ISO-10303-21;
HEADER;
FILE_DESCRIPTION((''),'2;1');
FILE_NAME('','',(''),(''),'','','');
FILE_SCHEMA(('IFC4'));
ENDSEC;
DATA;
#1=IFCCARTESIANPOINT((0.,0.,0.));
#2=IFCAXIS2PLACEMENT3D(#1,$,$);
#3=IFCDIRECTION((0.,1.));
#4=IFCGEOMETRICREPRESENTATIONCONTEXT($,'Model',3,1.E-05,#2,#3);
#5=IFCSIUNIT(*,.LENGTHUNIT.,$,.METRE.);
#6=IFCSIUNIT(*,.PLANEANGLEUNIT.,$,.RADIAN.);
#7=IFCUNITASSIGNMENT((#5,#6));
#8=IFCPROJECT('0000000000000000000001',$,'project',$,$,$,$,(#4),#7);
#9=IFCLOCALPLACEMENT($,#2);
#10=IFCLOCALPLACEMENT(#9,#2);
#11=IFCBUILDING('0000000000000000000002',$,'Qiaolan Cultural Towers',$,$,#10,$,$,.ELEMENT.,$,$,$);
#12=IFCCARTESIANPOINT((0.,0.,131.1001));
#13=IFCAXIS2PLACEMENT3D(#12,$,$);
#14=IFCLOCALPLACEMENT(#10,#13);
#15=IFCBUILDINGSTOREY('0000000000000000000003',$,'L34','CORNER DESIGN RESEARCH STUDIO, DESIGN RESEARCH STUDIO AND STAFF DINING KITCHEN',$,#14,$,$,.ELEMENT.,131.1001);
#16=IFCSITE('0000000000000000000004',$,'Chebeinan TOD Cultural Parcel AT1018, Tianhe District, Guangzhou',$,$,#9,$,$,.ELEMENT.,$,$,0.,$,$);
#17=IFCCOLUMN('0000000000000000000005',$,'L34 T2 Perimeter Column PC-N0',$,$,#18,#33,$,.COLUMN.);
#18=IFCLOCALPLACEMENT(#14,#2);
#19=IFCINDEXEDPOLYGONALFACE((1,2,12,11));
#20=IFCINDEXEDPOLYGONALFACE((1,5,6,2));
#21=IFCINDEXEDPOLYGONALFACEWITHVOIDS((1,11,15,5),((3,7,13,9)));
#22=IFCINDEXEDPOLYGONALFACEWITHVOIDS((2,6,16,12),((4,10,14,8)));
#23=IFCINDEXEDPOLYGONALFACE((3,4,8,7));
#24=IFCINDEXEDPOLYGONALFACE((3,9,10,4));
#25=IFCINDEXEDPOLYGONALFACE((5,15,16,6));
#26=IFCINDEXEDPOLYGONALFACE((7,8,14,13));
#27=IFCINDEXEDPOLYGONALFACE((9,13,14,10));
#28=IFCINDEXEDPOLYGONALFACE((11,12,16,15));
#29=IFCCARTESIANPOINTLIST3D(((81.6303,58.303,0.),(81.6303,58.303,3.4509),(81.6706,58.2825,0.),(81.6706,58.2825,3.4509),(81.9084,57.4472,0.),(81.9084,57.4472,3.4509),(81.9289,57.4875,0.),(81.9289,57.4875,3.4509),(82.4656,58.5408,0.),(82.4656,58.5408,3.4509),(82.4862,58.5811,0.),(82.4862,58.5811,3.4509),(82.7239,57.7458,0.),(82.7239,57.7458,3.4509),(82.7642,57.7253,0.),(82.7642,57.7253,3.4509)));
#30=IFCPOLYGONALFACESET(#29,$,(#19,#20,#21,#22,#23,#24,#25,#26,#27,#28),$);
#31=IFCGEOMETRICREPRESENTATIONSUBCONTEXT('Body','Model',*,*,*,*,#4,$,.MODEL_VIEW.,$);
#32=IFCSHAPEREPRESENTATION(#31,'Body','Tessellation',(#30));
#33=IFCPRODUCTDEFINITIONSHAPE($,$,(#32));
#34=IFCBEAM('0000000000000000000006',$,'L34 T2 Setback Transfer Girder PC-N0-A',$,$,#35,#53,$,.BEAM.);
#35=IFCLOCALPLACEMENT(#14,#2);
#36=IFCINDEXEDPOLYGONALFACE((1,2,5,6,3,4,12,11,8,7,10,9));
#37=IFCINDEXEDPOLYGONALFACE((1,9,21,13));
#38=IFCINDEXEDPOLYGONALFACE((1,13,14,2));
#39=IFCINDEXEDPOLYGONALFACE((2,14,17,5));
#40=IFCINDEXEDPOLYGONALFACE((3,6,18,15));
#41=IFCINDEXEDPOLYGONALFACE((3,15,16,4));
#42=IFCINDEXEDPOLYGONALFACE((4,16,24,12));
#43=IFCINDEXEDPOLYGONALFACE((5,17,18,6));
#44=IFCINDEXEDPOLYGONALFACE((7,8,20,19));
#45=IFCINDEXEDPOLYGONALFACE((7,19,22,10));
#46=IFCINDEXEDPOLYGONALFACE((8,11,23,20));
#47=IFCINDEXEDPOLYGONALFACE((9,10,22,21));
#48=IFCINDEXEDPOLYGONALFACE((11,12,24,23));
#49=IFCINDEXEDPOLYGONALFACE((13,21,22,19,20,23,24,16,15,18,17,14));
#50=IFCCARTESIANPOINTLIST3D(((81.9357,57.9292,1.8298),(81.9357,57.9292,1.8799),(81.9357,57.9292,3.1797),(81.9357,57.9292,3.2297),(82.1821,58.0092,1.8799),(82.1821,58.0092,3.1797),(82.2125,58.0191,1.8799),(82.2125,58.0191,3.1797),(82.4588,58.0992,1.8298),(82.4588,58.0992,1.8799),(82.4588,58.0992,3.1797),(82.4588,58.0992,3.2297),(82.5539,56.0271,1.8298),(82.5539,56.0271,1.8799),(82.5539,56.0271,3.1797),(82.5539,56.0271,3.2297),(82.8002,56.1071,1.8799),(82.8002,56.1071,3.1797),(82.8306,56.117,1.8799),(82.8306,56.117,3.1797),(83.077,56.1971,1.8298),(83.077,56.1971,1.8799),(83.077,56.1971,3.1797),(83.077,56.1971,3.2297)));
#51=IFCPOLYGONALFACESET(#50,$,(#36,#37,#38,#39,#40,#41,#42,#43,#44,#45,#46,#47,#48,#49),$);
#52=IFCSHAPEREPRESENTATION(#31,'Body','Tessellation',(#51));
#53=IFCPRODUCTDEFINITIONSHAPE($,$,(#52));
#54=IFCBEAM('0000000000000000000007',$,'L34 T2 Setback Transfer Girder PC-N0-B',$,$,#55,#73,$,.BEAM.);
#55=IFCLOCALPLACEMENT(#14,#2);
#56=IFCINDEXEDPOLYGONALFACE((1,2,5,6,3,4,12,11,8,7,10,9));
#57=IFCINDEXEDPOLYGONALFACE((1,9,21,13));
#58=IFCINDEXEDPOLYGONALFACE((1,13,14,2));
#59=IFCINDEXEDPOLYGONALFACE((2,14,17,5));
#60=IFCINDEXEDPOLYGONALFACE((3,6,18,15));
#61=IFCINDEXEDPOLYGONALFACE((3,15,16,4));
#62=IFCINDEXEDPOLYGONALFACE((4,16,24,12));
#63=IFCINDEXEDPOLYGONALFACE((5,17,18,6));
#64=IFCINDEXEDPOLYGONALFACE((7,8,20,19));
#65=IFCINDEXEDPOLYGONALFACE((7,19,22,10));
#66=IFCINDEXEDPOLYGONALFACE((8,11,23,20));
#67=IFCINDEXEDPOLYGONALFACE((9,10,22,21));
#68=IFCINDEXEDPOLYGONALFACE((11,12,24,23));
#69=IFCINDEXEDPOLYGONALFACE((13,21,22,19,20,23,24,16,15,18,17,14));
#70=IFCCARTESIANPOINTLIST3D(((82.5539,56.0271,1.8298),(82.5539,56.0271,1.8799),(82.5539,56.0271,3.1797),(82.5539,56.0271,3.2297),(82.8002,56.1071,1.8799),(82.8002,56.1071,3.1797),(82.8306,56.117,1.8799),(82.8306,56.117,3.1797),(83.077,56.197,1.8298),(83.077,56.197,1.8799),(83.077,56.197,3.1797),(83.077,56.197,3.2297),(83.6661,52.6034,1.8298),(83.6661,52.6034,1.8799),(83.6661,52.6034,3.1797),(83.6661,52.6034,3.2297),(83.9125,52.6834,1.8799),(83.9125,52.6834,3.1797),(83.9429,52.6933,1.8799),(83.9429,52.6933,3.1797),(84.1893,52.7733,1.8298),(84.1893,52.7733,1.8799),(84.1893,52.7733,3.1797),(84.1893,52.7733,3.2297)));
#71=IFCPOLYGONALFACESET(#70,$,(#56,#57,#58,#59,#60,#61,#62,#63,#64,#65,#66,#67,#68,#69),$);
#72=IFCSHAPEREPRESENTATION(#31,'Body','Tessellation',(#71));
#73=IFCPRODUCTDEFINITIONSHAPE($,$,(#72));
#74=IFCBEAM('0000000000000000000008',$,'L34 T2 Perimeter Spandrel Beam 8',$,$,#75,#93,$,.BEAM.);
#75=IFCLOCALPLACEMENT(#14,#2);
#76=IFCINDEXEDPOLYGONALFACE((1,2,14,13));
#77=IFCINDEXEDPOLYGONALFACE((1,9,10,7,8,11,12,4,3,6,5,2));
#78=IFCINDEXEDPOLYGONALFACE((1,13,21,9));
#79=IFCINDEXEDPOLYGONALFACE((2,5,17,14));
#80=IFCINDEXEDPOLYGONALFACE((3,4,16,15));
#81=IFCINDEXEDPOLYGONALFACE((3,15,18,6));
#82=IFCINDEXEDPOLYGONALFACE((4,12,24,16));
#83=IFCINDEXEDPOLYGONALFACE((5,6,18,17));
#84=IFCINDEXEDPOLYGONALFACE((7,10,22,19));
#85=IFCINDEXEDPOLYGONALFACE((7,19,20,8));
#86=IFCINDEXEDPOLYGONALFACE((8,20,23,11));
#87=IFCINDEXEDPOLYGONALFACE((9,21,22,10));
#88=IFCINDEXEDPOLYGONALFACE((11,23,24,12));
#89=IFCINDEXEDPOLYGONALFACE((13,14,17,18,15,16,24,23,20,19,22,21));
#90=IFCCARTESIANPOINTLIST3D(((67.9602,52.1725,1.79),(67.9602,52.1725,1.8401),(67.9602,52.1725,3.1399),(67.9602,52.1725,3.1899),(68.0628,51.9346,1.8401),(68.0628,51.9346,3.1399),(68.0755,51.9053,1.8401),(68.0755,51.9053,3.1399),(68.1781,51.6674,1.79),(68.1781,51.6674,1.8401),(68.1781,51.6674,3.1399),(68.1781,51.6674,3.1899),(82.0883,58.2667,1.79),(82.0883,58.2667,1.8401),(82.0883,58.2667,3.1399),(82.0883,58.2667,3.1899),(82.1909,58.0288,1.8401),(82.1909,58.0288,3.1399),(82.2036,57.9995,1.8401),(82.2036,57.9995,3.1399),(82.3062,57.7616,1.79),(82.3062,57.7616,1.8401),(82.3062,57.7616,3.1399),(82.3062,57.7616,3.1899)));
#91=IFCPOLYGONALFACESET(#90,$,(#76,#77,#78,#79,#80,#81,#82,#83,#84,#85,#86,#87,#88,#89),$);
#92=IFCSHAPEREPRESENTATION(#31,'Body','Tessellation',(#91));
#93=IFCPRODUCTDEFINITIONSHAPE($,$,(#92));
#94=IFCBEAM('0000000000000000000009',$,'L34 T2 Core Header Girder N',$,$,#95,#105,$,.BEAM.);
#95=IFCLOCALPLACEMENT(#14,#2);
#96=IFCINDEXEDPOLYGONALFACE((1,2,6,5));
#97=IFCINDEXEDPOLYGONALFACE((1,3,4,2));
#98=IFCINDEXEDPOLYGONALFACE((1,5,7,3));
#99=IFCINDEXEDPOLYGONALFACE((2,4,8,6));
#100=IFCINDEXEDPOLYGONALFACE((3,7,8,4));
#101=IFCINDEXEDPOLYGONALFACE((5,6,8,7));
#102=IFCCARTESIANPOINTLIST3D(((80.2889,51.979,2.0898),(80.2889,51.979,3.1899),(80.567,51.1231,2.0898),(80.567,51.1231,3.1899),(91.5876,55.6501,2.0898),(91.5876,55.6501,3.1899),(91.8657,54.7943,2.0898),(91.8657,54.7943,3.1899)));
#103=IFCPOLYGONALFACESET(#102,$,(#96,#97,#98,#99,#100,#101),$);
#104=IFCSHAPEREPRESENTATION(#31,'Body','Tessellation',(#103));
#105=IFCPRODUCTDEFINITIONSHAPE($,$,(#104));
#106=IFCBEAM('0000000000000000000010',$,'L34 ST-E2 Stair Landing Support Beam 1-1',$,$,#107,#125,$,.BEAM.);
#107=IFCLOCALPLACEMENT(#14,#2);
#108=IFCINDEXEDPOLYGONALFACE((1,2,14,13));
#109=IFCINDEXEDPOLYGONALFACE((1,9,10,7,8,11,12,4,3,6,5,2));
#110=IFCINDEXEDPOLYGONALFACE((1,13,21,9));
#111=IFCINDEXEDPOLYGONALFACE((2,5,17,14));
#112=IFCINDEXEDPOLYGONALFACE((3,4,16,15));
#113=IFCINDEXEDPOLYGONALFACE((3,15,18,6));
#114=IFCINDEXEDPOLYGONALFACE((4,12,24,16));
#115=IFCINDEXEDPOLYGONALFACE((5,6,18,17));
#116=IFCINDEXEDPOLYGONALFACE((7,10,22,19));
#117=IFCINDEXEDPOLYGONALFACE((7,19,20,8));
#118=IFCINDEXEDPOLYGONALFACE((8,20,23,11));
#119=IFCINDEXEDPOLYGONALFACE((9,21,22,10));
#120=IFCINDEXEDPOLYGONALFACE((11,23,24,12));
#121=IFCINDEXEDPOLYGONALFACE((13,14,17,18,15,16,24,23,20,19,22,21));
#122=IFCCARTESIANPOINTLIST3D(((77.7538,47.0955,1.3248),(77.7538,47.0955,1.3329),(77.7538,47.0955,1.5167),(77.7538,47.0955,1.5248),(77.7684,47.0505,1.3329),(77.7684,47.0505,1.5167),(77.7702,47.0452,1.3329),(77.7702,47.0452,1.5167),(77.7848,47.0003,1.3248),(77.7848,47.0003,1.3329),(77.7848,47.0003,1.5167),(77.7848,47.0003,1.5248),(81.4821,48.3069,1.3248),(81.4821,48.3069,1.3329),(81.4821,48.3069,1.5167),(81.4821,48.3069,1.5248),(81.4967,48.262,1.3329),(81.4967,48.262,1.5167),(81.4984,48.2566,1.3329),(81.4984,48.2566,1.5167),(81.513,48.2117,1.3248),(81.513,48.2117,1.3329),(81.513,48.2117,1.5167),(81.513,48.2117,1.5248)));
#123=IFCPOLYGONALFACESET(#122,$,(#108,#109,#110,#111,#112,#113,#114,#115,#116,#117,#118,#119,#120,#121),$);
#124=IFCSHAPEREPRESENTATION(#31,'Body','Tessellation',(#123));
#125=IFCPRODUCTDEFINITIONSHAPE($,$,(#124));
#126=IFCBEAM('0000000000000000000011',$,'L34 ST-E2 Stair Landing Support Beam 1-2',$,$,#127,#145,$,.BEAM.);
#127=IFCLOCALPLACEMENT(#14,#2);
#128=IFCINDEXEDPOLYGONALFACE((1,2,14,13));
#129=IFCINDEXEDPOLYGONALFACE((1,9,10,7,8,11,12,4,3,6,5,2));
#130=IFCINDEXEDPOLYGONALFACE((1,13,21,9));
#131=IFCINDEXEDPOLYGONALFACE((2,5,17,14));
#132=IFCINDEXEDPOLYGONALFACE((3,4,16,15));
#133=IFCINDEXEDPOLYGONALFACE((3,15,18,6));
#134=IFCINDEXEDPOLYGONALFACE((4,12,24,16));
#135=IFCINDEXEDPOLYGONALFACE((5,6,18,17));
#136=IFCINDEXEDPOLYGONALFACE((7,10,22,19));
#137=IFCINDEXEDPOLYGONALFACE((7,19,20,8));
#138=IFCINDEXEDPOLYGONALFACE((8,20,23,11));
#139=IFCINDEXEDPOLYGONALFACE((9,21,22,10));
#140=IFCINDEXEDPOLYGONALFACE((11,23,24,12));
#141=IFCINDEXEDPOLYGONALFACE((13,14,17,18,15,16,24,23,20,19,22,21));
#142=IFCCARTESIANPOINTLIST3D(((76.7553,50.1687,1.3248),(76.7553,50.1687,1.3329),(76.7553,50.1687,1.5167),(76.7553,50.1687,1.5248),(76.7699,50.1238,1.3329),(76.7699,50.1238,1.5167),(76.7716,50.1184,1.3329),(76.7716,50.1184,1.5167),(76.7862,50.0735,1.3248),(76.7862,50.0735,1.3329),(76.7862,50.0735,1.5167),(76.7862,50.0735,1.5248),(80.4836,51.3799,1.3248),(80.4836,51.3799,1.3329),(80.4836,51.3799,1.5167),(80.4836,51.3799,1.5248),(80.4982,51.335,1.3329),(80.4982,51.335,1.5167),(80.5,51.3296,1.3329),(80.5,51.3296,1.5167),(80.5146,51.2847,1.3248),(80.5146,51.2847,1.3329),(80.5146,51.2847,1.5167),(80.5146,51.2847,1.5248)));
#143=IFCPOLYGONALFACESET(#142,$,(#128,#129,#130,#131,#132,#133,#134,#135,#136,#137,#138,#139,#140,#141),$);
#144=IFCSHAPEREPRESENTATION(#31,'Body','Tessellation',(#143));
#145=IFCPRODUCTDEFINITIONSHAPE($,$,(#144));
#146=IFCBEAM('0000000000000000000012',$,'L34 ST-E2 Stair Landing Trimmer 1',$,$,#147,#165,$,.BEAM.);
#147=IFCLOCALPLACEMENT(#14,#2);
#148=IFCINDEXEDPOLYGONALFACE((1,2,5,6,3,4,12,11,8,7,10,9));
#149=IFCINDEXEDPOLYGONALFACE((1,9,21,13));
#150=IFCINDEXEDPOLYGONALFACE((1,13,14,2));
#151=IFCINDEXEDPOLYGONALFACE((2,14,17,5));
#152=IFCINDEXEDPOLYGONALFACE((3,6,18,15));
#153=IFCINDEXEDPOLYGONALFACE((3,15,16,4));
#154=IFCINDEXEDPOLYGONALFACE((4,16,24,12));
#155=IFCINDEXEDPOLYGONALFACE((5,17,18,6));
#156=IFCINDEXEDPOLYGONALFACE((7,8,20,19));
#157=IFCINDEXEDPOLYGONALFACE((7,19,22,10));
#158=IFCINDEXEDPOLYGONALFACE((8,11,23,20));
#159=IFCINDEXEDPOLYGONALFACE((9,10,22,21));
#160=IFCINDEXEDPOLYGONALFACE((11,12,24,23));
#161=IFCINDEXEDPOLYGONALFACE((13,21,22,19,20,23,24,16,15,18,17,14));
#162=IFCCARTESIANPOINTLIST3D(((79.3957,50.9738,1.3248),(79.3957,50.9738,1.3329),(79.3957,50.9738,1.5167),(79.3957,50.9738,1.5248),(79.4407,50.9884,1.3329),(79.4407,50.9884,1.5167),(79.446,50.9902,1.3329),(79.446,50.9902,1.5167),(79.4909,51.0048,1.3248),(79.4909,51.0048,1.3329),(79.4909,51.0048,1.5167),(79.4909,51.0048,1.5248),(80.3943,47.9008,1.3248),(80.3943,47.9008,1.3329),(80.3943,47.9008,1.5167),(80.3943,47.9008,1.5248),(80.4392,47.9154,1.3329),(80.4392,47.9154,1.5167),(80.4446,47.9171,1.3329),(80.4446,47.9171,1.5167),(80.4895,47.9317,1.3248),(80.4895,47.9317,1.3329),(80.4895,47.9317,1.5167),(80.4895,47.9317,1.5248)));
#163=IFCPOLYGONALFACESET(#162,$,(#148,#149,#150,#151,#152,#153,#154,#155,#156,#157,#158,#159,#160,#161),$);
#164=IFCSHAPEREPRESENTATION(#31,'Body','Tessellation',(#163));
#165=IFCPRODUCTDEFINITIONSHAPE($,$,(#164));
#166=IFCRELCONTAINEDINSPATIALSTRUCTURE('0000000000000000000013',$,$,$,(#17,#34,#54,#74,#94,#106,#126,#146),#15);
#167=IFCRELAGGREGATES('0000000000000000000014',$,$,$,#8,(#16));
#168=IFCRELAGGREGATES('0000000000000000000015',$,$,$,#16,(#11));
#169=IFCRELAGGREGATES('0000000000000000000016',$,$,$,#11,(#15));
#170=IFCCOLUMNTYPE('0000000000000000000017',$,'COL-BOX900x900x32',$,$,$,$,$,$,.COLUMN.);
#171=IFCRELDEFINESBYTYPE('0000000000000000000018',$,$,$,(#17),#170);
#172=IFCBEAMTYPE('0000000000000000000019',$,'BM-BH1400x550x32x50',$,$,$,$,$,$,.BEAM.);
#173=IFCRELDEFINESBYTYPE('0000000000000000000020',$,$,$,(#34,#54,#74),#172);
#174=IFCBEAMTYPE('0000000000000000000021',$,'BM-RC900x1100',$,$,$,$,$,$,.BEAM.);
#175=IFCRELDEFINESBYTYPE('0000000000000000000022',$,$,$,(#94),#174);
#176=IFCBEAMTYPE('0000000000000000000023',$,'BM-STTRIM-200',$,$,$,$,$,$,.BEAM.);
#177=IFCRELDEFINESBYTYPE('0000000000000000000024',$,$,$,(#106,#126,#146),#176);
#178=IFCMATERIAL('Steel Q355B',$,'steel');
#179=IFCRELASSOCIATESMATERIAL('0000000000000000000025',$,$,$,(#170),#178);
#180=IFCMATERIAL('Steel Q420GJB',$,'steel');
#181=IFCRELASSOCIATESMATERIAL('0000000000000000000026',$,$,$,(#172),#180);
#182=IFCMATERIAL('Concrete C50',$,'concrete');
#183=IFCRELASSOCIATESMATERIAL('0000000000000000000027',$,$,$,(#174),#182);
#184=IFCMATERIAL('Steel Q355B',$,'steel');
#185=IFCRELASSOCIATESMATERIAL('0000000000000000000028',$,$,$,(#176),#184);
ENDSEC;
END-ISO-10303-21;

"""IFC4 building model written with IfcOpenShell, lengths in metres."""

from ifc_helpers import new_model, si_unit, direction, frame, origin, origin_2d, place, context, subcontext, project, spatial, rectangle, hollow_rectangle, i_section, extrude, material, material_profile, profile_set, type_object, element, save


model = new_model("IFC4")

# Units and contexts
model_context = context("Model", 3, precision=1e-05, world=origin(), true_north=direction((0.0, 1.0)))
body_context = subcontext(model_context, "Body", "Model", "MODEL_VIEW")
ifc_project = project(units=[si_unit("LENGTHUNIT", "METRE"), si_unit("PLANEANGLEUNIT", "RADIAN")], contexts=[model_context])

# Site, building, storey
site_placement = place(None, origin())
site = spatial("IfcSite", under=ifc_project, at=site_placement, Name="Chebeinan TOD Cultural Parcel AT1018, Tianhe District, Guangzhou", CompositionType="ELEMENT", RefElevation=0.0)
building_placement = place(site_placement, origin())
building = spatial("IfcBuilding", under=site, at=building_placement, Name="Qiaolan Cultural Towers", CompositionType="ELEMENT")
storey_placement = place(building_placement, frame((0.0, 0.0, 131.1001)))
storey = spatial("IfcBuildingStorey", under=building, at=storey_placement, Name="L34", Description="CORNER DESIGN RESEARCH STUDIO, DESIGN RESEARCH STUDIO AND STAFF DINING KITCHEN", CompositionType="ELEMENT", Elevation=131.1001)

# Column
ifc_material_1 = material(Name="Steel Q355B", Category="steel")
ifc_material_profile_1 = material_profile(ifc_material_1, hollow_rectangle(XDim=0.8999, YDim=0.8999, WallThickness=0.032, at=origin_2d()), Name="BOX900x900x32")
ifc_profile_set_1 = profile_set([ifc_material_profile_1], Name="Steel Q355B")
column_type = type_object("IfcColumnType", Name="COL-BOX900x900x32", PredefinedType="COLUMN", material=ifc_profile_set_1)
column_placement = place(storey_placement, frame((82.1973, 58.0142, 0.0), z_axis=(0.0, 0.0, 1.0), x_axis=(0.951057, 0.309017, 0.0)))
element("IfcColumn", 1, at=column_placement, inside=storey, type_object=column_type, Name="L34 T2 Perimeter Column PC-N0", PredefinedType="COLUMN", context=body_context, shape_type="SweptSolid", body=[
    extrude(hollow_rectangle(XDim=0.8999, YDim=0.8999, WallThickness=0.032, at=origin_2d()), origin(), (0.0, 0.0, 1.0), 3.4509),
])

# Beams
ifc_material_2 = material(Name="Steel Q420GJB", Category="steel")
ifc_material_profile_2 = material_profile(ifc_material_2, i_section(OverallWidth=0.55, OverallDepth=1.3999, WebThickness=0.032, FlangeThickness=0.05, at=origin_2d()), Name="BH1400x550x32x50")
ifc_profile_set_2 = profile_set([ifc_material_profile_2], Name="Steel Q420GJB")
beam_type_1 = type_object("IfcBeamType", Name="BM-BH1400x550x32x50", PredefinedType="BEAM", material=ifc_profile_set_2)
beam_1_placement = place(storey_placement, frame((82.1973, 58.0142, 2.5298), z_axis=(0.309078, -0.951037, 0.0), x_axis=(0.951037, 0.309078, 0.0)))
element("IfcBeam", 2, at=beam_1_placement, inside=storey, type_object=beam_type_1, Name="L34 T2 Setback Transfer Girder PC-N0-A", PredefinedType="BEAM", context=body_context, shape_type="SweptSolid", body=[
    extrude(i_section(OverallWidth=0.55, OverallDepth=1.3999, WebThickness=0.032, FlangeThickness=0.05, at=origin_2d()), origin(), (0.0, 0.0, 1.0), 2.0),
])
beam_2_placement = place(storey_placement, frame((82.8154, 56.1121, 2.5298), z_axis=(0.308976, -0.95107, 0.0), x_axis=(0.95107, 0.308976, 0.0)))
element("IfcBeam", 3, at=beam_2_placement, inside=storey, type_object=beam_type_1, Name="L34 T2 Setback Transfer Girder PC-N0-B", PredefinedType="BEAM", context=body_context, shape_type="SweptSolid", body=[
    extrude(i_section(OverallWidth=0.55, OverallDepth=1.3999, WebThickness=0.032, FlangeThickness=0.05, at=origin_2d()), origin(), (0.0, 0.0, 1.0), 3.5999),
])
beam_3_placement = place(storey_placement, frame((82.1973, 58.0142, 2.49), z_axis=(-0.918218, -0.396076, 0.0), x_axis=(0.396076, -0.918218, 0.0)))
element("IfcBeam", 4, at=beam_3_placement, inside=storey, type_object=beam_type_1, Name="L34 T2 Perimeter Spandrel Beam 8", PredefinedType="BEAM", context=body_context, shape_type="SweptSolid", body=[
    extrude(i_section(OverallWidth=0.55, OverallDepth=1.3999, WebThickness=0.032, FlangeThickness=0.05, at=origin_2d()), origin(), (0.0, 0.0, 1.0), 15.3865),
])
ifc_material_3 = material(Name="Concrete C50", Category="concrete")
ifc_material_profile_3 = material_profile(ifc_material_3, rectangle(XDim=0.8999, YDim=1.1001, at=origin_2d()), Name="RC900x1100")
ifc_profile_set_3 = profile_set([ifc_material_profile_3], Name="Concrete C50")
beam_type_2 = type_object("IfcBeamType", Name="BM-RC900x1100", PredefinedType="BEAM", material=ifc_profile_set_3)
beam_4_placement = place(storey_placement, frame((80.428, 51.551, 2.6399), z_axis=(0.951056, 0.309018, 0.0), x_axis=(-0.309018, 0.951056, 0.0)))
element("IfcBeam", 5, at=beam_4_placement, inside=storey, type_object=beam_type_2, Name="L34 T2 Core Header Girder N", PredefinedType="BEAM", context=body_context, shape_type="SweptSolid", body=[
    extrude(rectangle(XDim=0.8999, YDim=1.1001, at=origin_2d()), origin(), (0.0, 0.0, 1.0), 11.8801),
])
ifc_material_4 = material(Name="Steel Q355B", Category="steel")
ifc_material_profile_4 = material_profile(ifc_material_4, i_section(OverallWidth=0.1001, OverallDepth=0.2, WebThickness=0.0056, FlangeThickness=0.0081, at=origin_2d()), Name="HN200x100x5.5x8")
ifc_profile_set_4 = profile_set([ifc_material_profile_4], Name="Steel Q355B")
beam_type_3 = type_object("IfcBeamType", Name="BM-STTRIM-200", PredefinedType="BEAM", material=ifc_profile_set_4)
for number, where, z_axis, x_axis, name in (
    (6, (77.7693, 47.0479, 1.4248), (0.951054, 0.309026, 0.0), (-0.309026, 0.951054, 0.0), "L34 ST-E2 Stair Landing Support Beam 1-1"),
    (7, (76.7708, 50.1211, 1.4248), (0.951072, 0.308969, 0.0), (-0.308969, 0.951072, 0.0), "L34 ST-E2 Stair Landing Support Beam 1-2"),
):
    element("IfcBeam", number, at=place(storey_placement, frame(where, z_axis=z_axis, x_axis=x_axis)), inside=storey, type_object=beam_type_3, Name=name, PredefinedType="BEAM", context=body_context, shape_type="SweptSolid", body=[
        extrude(i_section(OverallWidth=0.1001, OverallDepth=0.2, WebThickness=0.0056, FlangeThickness=0.0081, at=origin_2d()), origin(), (0.0, 0.0, 1.0), 3.9202),
    ])
beam_5_placement = place(storey_placement, frame((80.4419, 47.9163, 1.4248), z_axis=(-0.309033, 0.951051, 0.0), x_axis=(-0.951051, -0.309033, 0.0)))
element("IfcBeam", 8, at=beam_5_placement, inside=storey, type_object=beam_type_3, Name="L34 ST-E2 Stair Landing Trimmer 1", PredefinedType="BEAM", context=body_context, shape_type="SweptSolid", body=[
    extrude(i_section(OverallWidth=0.1001, OverallDepth=0.2, WebThickness=0.0056, FlangeThickness=0.0081, at=origin_2d()), origin(), (0.0, 0.0, 1.0), 3.2312),
])

save(model, "model.ifc")
